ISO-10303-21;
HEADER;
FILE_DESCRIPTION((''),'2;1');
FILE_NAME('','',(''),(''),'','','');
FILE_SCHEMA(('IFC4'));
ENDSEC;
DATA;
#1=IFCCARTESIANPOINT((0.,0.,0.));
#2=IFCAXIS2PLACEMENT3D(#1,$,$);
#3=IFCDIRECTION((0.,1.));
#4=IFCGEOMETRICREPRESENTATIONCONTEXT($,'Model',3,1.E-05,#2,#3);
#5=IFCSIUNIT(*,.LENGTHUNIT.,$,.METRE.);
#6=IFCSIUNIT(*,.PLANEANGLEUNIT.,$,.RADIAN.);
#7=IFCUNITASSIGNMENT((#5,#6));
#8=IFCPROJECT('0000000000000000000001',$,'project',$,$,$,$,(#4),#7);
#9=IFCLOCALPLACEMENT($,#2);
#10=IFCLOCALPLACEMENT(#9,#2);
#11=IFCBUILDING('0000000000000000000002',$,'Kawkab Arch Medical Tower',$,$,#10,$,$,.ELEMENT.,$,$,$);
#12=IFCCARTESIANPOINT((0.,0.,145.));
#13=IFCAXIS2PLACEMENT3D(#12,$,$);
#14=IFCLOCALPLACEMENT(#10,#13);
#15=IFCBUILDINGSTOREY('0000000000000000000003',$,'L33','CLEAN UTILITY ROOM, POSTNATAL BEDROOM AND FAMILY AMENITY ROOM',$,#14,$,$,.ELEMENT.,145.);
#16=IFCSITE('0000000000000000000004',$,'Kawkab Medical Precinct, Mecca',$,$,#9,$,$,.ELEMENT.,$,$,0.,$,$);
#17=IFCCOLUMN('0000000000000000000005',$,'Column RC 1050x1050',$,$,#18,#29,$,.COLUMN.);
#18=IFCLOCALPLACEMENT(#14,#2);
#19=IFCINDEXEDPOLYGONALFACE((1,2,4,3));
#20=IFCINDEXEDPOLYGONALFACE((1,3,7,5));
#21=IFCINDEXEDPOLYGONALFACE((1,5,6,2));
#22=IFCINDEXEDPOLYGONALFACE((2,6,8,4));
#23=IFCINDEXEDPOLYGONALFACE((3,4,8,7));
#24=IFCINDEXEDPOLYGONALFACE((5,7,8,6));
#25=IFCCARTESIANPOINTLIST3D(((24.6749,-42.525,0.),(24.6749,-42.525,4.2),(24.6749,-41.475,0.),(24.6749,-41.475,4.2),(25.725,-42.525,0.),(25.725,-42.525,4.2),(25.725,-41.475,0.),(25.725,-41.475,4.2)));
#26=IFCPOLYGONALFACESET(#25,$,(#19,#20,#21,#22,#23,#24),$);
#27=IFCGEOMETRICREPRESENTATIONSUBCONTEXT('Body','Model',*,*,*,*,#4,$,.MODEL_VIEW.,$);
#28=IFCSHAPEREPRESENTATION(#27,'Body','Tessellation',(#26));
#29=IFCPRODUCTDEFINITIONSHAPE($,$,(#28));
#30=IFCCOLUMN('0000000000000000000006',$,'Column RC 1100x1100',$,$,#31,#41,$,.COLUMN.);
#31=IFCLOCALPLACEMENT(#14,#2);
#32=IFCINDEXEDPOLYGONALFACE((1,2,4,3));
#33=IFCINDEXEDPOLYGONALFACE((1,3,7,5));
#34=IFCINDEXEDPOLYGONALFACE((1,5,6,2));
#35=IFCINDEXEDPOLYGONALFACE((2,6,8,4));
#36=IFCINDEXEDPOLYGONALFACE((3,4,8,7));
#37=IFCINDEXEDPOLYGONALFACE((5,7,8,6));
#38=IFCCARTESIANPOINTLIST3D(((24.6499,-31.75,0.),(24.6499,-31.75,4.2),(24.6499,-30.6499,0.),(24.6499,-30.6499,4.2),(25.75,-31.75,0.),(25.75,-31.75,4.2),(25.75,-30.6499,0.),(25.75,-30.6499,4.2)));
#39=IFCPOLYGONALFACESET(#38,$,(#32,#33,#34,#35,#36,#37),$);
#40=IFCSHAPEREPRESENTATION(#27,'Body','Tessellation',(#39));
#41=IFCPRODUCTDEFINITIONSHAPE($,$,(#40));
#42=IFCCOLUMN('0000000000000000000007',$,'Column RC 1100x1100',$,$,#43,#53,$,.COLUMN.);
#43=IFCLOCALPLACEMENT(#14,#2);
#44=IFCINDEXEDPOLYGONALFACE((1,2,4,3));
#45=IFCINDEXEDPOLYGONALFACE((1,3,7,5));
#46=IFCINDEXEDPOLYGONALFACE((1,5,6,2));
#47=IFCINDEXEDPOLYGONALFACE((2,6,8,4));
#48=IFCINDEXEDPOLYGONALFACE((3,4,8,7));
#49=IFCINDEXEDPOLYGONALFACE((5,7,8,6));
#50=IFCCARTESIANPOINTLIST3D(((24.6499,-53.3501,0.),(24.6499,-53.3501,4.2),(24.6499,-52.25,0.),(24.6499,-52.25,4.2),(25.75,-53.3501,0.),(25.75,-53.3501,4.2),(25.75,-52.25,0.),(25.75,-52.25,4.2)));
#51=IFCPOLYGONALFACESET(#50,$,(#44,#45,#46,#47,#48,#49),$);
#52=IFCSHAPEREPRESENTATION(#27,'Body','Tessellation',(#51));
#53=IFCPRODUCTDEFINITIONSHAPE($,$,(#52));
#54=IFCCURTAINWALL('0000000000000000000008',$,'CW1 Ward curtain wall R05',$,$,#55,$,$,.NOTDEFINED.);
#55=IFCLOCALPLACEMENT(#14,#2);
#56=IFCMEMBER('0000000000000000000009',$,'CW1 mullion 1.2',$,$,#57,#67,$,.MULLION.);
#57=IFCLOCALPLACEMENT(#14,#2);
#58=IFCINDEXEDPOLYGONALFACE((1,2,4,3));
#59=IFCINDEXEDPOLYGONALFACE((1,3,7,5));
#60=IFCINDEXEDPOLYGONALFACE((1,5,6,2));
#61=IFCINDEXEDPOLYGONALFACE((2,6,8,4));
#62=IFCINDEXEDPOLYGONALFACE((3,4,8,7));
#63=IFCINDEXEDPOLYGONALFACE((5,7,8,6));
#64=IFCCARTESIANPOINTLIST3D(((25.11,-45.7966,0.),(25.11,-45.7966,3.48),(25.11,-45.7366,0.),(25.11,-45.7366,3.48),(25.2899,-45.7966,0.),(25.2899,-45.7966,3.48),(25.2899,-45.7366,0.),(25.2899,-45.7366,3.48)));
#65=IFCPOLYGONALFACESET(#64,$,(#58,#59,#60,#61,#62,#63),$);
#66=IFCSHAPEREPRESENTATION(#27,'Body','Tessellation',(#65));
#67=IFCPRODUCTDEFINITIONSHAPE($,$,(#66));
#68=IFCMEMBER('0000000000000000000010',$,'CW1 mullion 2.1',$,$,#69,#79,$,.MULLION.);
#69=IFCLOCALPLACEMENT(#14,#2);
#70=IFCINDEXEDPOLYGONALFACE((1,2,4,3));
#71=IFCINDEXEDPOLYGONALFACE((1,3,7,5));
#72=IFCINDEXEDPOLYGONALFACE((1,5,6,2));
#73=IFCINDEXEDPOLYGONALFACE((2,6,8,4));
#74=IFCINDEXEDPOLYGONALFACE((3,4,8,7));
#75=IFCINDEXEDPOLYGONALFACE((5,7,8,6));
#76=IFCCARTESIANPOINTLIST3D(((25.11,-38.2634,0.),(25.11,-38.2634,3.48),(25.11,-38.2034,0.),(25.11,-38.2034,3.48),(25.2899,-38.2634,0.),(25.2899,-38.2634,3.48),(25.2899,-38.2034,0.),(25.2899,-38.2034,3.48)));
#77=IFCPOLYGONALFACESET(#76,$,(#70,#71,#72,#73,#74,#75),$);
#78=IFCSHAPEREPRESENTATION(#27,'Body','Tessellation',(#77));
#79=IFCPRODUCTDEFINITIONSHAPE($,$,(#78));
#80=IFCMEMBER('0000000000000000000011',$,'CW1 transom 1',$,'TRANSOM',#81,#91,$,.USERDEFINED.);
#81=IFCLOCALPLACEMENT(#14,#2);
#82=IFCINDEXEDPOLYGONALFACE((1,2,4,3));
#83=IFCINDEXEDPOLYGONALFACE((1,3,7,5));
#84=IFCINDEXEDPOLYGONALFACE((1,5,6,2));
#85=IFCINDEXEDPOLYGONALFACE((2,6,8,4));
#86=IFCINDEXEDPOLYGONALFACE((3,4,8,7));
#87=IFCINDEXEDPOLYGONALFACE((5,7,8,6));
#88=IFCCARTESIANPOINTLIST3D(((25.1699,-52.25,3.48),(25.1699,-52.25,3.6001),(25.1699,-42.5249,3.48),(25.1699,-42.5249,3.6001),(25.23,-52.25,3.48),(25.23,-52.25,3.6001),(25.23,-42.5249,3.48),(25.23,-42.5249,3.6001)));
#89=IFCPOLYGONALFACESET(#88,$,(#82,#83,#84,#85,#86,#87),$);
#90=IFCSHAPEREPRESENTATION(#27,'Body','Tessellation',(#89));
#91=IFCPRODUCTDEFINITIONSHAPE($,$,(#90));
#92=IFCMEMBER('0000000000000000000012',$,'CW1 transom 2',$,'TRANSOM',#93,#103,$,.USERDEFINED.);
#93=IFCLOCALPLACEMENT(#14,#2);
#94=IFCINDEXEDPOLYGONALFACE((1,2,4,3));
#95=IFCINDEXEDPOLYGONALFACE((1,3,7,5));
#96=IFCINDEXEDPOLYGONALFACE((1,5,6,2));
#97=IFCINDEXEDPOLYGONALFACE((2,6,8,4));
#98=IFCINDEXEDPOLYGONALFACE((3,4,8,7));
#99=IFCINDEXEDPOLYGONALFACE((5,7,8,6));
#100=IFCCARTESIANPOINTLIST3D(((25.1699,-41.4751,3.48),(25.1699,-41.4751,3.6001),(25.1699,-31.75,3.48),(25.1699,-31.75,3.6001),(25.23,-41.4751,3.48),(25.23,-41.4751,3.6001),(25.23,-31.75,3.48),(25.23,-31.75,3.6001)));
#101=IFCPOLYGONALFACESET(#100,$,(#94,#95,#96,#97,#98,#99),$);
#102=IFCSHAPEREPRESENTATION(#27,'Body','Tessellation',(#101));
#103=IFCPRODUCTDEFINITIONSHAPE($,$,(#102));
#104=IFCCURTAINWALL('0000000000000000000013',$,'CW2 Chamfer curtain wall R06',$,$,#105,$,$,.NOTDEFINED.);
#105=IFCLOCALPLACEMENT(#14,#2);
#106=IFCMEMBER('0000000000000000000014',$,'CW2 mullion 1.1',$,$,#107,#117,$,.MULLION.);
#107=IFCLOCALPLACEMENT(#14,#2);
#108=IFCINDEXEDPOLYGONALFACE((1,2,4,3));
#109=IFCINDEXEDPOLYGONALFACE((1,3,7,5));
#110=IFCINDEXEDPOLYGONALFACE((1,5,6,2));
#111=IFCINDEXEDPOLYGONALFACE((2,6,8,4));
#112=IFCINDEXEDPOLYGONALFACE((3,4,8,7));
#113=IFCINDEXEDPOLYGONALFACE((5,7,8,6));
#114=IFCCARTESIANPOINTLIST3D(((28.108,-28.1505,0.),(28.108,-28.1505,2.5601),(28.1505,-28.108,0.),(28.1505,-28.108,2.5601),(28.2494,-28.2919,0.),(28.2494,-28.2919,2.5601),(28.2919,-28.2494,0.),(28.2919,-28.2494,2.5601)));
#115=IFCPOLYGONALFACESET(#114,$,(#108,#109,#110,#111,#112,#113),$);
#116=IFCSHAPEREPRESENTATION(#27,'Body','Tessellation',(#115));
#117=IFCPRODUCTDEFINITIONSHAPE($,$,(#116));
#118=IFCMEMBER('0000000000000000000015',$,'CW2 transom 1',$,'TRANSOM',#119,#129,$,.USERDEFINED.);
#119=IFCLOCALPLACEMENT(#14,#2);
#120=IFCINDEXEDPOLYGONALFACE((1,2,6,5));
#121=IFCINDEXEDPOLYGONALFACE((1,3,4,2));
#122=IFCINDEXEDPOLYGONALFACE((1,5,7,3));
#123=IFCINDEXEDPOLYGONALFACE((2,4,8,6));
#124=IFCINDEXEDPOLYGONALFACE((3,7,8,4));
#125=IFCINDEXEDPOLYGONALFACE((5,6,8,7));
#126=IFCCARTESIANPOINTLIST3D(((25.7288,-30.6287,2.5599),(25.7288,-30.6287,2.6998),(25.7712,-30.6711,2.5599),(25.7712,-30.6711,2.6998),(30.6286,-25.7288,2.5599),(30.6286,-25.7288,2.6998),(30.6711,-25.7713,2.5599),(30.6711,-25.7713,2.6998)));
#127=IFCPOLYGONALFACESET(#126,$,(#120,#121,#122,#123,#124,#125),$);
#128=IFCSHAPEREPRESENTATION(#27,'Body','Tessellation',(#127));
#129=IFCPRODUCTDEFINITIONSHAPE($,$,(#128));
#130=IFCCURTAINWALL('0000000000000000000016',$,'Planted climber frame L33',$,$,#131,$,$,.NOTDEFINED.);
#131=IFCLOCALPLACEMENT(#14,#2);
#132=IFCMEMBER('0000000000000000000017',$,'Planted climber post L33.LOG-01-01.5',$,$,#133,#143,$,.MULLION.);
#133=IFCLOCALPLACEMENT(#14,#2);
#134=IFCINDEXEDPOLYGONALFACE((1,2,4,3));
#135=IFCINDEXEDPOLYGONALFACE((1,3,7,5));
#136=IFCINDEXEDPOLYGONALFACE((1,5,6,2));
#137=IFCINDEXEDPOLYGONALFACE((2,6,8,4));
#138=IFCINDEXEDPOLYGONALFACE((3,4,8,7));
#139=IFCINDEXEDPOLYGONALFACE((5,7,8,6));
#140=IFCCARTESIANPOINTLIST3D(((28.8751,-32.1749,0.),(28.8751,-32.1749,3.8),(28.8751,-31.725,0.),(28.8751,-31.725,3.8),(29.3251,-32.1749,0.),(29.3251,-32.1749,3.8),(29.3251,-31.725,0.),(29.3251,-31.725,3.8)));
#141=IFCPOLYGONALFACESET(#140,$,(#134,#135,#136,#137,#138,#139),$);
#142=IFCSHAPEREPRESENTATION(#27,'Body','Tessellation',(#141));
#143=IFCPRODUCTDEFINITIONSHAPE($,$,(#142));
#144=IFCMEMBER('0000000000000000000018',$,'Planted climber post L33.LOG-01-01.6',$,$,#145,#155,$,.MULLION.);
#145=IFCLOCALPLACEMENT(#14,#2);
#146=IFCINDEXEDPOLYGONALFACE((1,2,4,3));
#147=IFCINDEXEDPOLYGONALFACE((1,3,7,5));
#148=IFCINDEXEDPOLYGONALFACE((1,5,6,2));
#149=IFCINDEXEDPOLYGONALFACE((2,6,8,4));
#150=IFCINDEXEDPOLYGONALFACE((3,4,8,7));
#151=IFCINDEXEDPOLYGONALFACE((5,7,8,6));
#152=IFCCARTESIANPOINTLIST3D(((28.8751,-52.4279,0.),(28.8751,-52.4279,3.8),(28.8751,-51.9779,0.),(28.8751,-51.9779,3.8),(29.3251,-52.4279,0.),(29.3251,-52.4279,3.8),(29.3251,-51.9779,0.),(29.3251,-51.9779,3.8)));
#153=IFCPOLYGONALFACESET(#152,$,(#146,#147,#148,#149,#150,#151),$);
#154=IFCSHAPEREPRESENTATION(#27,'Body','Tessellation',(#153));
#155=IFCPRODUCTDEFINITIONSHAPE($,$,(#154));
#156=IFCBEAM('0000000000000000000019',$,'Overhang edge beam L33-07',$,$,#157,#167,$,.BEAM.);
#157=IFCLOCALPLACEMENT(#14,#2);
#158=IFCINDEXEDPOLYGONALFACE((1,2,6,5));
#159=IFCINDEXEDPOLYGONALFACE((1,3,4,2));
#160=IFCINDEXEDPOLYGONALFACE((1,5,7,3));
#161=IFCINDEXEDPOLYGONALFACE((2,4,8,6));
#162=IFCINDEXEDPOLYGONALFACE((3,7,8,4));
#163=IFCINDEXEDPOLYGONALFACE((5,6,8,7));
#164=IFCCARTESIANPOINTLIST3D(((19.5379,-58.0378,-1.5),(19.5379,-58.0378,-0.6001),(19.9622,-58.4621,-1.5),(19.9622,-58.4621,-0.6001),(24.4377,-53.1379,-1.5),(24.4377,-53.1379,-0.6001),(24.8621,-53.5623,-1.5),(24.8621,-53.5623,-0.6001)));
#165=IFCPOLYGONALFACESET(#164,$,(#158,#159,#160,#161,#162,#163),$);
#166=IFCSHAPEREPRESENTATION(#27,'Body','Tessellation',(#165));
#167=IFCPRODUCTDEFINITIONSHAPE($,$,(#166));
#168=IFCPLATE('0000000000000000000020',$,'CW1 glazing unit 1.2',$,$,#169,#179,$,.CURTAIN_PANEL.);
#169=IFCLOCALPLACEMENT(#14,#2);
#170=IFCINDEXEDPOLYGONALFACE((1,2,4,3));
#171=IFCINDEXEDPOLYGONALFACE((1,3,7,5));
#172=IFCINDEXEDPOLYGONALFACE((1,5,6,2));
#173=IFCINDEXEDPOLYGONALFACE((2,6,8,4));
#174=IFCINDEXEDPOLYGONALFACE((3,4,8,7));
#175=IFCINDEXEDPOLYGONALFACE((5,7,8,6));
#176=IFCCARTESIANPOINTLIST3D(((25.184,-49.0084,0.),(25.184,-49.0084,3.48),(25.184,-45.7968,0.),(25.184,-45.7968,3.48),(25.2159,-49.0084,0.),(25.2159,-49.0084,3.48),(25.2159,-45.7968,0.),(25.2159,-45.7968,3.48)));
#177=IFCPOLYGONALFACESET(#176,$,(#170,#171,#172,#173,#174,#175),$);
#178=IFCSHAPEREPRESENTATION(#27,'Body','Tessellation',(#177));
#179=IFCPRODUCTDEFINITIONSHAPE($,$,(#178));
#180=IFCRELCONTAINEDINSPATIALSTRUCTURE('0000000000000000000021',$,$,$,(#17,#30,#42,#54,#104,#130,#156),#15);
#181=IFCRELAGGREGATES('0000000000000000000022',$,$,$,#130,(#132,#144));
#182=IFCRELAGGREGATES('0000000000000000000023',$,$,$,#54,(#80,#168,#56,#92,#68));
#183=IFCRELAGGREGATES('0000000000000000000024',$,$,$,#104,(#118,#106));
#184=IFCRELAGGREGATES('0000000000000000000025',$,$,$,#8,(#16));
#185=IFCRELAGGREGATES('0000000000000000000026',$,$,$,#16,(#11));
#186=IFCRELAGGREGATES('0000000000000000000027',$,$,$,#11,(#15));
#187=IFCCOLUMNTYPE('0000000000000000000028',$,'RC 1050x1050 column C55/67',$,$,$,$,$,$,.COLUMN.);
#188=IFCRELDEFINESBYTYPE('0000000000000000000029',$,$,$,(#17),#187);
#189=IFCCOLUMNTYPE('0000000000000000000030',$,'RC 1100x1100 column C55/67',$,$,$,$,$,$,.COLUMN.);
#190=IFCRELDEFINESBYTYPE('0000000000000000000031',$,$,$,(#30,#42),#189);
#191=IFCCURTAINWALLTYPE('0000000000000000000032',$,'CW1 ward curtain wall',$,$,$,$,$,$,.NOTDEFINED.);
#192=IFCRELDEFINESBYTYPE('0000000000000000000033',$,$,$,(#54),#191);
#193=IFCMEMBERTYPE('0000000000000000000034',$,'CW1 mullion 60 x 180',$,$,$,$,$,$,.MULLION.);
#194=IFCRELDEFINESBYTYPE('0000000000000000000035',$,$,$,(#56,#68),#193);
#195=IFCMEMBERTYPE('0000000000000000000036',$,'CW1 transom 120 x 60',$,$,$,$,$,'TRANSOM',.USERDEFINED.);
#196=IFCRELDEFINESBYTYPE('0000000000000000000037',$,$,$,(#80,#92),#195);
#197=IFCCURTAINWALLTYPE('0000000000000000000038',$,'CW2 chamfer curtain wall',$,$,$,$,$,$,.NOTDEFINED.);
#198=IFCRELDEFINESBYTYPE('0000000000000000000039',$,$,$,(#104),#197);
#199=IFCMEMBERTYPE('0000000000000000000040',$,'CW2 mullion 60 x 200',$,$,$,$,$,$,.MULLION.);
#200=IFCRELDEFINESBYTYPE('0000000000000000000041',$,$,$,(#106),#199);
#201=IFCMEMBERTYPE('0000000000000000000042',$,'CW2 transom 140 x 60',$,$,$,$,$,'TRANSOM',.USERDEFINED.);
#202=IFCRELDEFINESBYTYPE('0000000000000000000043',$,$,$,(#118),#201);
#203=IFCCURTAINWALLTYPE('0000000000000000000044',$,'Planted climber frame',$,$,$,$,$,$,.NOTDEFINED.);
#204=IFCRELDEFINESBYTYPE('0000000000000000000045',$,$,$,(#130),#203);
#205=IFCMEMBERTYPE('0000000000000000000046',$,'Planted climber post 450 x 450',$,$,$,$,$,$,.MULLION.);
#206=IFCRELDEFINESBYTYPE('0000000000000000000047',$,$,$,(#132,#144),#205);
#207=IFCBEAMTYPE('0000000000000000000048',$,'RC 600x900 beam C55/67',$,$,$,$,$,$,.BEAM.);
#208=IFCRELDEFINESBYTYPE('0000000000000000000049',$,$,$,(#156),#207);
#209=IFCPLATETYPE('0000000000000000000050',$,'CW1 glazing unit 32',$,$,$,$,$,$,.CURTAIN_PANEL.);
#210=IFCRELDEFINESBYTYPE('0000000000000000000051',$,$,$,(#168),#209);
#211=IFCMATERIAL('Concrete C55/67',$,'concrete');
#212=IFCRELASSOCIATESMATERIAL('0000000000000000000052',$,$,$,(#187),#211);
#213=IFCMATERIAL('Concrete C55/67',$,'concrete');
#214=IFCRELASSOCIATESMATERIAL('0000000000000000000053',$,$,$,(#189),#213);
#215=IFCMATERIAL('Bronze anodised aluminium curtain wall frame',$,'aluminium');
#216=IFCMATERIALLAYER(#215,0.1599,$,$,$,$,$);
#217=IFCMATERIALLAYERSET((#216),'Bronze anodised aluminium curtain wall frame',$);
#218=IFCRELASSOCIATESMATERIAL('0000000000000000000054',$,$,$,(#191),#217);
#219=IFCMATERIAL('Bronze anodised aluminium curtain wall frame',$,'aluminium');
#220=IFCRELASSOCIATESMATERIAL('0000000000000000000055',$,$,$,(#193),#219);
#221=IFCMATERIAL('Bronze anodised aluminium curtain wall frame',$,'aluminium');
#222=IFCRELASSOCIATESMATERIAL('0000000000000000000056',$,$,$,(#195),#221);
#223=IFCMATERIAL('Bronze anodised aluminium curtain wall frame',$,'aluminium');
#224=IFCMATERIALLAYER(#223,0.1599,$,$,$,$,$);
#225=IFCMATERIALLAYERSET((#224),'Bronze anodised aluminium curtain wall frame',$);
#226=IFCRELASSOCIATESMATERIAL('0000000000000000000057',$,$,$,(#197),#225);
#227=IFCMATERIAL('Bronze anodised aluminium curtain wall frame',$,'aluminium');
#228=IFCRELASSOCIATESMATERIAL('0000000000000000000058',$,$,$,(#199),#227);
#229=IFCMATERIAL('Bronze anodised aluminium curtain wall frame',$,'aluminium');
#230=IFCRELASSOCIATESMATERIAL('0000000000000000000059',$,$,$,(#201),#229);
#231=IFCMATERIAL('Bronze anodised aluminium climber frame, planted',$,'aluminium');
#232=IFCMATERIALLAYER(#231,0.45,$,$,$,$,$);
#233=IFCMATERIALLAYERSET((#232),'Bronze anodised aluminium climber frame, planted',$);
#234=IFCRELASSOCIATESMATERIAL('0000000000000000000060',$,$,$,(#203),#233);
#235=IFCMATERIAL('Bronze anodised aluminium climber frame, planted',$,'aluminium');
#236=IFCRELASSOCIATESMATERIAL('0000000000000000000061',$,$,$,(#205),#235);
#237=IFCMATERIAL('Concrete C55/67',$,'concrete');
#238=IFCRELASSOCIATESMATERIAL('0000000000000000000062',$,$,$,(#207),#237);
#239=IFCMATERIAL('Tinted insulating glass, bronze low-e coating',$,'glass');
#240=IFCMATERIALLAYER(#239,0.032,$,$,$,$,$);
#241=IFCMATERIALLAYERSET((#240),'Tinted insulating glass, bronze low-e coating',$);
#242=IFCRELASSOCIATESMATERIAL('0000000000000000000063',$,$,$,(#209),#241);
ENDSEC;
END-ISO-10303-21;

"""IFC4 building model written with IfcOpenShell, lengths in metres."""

from ifc_helpers import new_model, si_unit, direction, frame, origin, origin_2d, place, context, subcontext, project, spatial, rectangle, extrude, material, layer, layer_set, material_profile, profile_set, type_object, element, aggregate, save


model = new_model("IFC4")

# Units and contexts
model_context = context("Model", 3, precision=1e-05, world=origin(), true_north=direction((0.0, 1.0)))
body_context = subcontext(model_context, "Body", "Model", "MODEL_VIEW")
ifc_project = project(units=[si_unit("LENGTHUNIT", "METRE"), si_unit("PLANEANGLEUNIT", "RADIAN")], contexts=[model_context])

# Site, building, storey
site_placement = place(None, origin())
site = spatial("IfcSite", under=ifc_project, at=site_placement, Name="Kawkab Medical Precinct, Mecca", CompositionType="ELEMENT", RefElevation=0.0)
building_placement = place(site_placement, origin())
building = spatial("IfcBuilding", under=site, at=building_placement, Name="Kawkab Arch Medical Tower", CompositionType="ELEMENT")
storey_placement = place(building_placement, frame((0.0, 0.0, 145.0)))
storey = spatial("IfcBuildingStorey", under=building, at=storey_placement, Name="L33", Description="CLEAN UTILITY ROOM, POSTNATAL BEDROOM AND FAMILY AMENITY ROOM", CompositionType="ELEMENT", Elevation=145.0)

# Columns
ifc_material_1 = material(Name="Concrete C55/67", Category="concrete")
ifc_material_profile_1 = material_profile(ifc_material_1, rectangle(XDim=1.05, YDim=1.05, at=origin_2d()), Name="RC 1050x1050")
ifc_profile_set_1 = profile_set([ifc_material_profile_1], Name="Concrete C55/67")
column_type_1 = type_object("IfcColumnType", Name="RC 1050x1050 column C55/67", PredefinedType="COLUMN", material=ifc_profile_set_1)
column_placement = place(storey_placement, frame((25.2, -42.0, 0.0), z_axis=(0.0, 0.0, 1.0), x_axis=(1.0, 0.0, 0.0)))
element("IfcColumn", 1, at=column_placement, inside=storey, type_object=column_type_1, Name="Column RC 1050x1050", PredefinedType="COLUMN", context=body_context, shape_type="SweptSolid", body=[
    extrude(rectangle(XDim=1.05, YDim=1.05, at=origin_2d()), origin(), (0.0, 0.0, 1.0), 4.2),
])
ifc_material_2 = material(Name="Concrete C55/67", Category="concrete")
ifc_material_profile_2 = material_profile(ifc_material_2, rectangle(XDim=1.1001, YDim=1.1001, at=origin_2d()), Name="RC 1100x1100")
ifc_profile_set_2 = profile_set([ifc_material_profile_2], Name="Concrete C55/67")
column_type_2 = type_object("IfcColumnType", Name="RC 1100x1100 column C55/67", PredefinedType="COLUMN", material=ifc_profile_set_2)
for number, where, z_axis, x_axis, name in (
    (2, (25.2, -31.2, 0.0), (0.0, 0.0, 1.0), (1.0, 0.0, 0.0), "Column RC 1100x1100"),
    (3, (25.2, -52.8, 0.0), (0.0, 0.0, 1.0), (1.0, 0.0, 0.0), "Column RC 1100x1100"),
):
    element("IfcColumn", number, at=place(storey_placement, frame(where, z_axis=z_axis, x_axis=x_axis)), inside=storey, type_object=column_type_2, Name=name, PredefinedType="COLUMN", context=body_context, shape_type="SweptSolid", body=[
        extrude(rectangle(XDim=1.1001, YDim=1.1001, at=origin_2d()), origin(), (0.0, 0.0, 1.0), 4.2),
    ])

# Curtain walls, members
ifc_material_3 = material(Name="Bronze anodised aluminium curtain wall frame", Category="aluminium")
ifc_layer_1 = layer(ifc_material_3, 0.1599)
ifc_layer_set_1 = layer_set([ifc_layer_1], Name="Bronze anodised aluminium curtain wall frame")
curtain_wall_type_1 = type_object("IfcCurtainWallType", Name="CW1 ward curtain wall", PredefinedType="NOTDEFINED", material=ifc_layer_set_1)
placement = place(storey_placement, origin())
curtain_wall_1 = element("IfcCurtainWall", 4, at=placement, inside=storey, type_object=curtain_wall_type_1, Name="CW1 Ward curtain wall R05", PredefinedType="NOTDEFINED")
ifc_material_4 = material(Name="Bronze anodised aluminium curtain wall frame", Category="aluminium")
ifc_material_profile_3 = material_profile(ifc_material_4, rectangle(XDim=0.1799, YDim=0.0601, at=origin_2d()), Name="AL 60x180")
ifc_profile_set_3 = profile_set([ifc_material_profile_3], Name="Bronze anodised aluminium curtain wall frame")
member_type_1 = type_object("IfcMemberType", Name="CW1 mullion 60 x 180", PredefinedType="MULLION", material=ifc_profile_set_3)
member_1_placement = place(storey_placement, frame((25.2, -45.7666, 0.0), z_axis=(0.0, 0.0, 1.0), x_axis=(-1.0, 0.0, 0.0)))
member_1 = element("IfcMember", 5, at=member_1_placement, type_object=member_type_1, Name="CW1 mullion 1.2", PredefinedType="MULLION", context=body_context, shape_type="SweptSolid", body=[
    extrude(rectangle(XDim=0.1799, YDim=0.0601, at=origin_2d()), origin(), (0.0, 0.0, 1.0), 3.48),
])
member_2_placement = place(storey_placement, frame((25.2, -38.2334, 0.0), z_axis=(0.0, 0.0, 1.0), x_axis=(-1.0, 0.0, 0.0)))
member_2 = element("IfcMember", 6, at=member_2_placement, type_object=member_type_1, Name="CW1 mullion 2.1", PredefinedType="MULLION", context=body_context, shape_type="SweptSolid", body=[
    extrude(rectangle(XDim=0.1799, YDim=0.0601, at=origin_2d()), origin(), (0.0, 0.0, 1.0), 3.48),
])
ifc_material_5 = material(Name="Bronze anodised aluminium curtain wall frame", Category="aluminium")
ifc_material_profile_4 = material_profile(ifc_material_5, rectangle(XDim=0.0601, YDim=0.1201, at=origin_2d()), Name="AL 60x120")
ifc_profile_set_4 = profile_set([ifc_material_profile_4], Name="Bronze anodised aluminium curtain wall frame")
member_type_2 = type_object("IfcMemberType", Name="CW1 transom 120 x 60", ElementType="TRANSOM", PredefinedType="USERDEFINED", material=ifc_profile_set_4)
member_3_placement = place(storey_placement, frame((25.2, -52.25, 3.54), z_axis=(0.0, 1.0, 0.0), x_axis=(-1.0, 0.0, 0.0)))
member_3 = element("IfcMember", 7, at=member_3_placement, type_object=member_type_2, Name="CW1 transom 1", ObjectType="TRANSOM", PredefinedType="USERDEFINED", context=body_context, shape_type="SweptSolid", body=[
    extrude(rectangle(XDim=0.0601, YDim=0.1201, at=origin_2d()), origin(), (0.0, 0.0, 1.0), 9.7251),
])
member_4_placement = place(storey_placement, frame((25.2, -41.4751, 3.54), z_axis=(0.0, 1.0, 0.0), x_axis=(-1.0, 0.0, 0.0)))
member_4 = element("IfcMember", 8, at=member_4_placement, type_object=member_type_2, Name="CW1 transom 2", ObjectType="TRANSOM", PredefinedType="USERDEFINED", context=body_context, shape_type="SweptSolid", body=[
    extrude(rectangle(XDim=0.0601, YDim=0.1201, at=origin_2d()), origin(), (0.0, 0.0, 1.0), 9.7251),
])
ifc_material_6 = material(Name="Bronze anodised aluminium curtain wall frame", Category="aluminium")
ifc_layer_2 = layer(ifc_material_6, 0.1599)
ifc_layer_set_2 = layer_set([ifc_layer_2], Name="Bronze anodised aluminium curtain wall frame")
curtain_wall_type_2 = type_object("IfcCurtainWallType", Name="CW2 chamfer curtain wall", PredefinedType="NOTDEFINED", material=ifc_layer_set_2)
curtain_wall_2 = element("IfcCurtainWall", 9, at=placement, inside=storey, type_object=curtain_wall_type_2, Name="CW2 Chamfer curtain wall R06", PredefinedType="NOTDEFINED")
ifc_material_7 = material(Name="Bronze anodised aluminium curtain wall frame", Category="aluminium")
ifc_material_profile_5 = material_profile(ifc_material_7, rectangle(XDim=0.2, YDim=0.0601, at=origin_2d()), Name="AL 60x200")
ifc_profile_set_5 = profile_set([ifc_material_profile_5], Name="Bronze anodised aluminium curtain wall frame")
member_type_3 = type_object("IfcMemberType", Name="CW2 mullion 60 x 200", PredefinedType="MULLION", material=ifc_profile_set_5)
member_5_placement = place(storey_placement, frame((28.2, -28.2, 0.0), z_axis=(0.0, 0.0, 1.0), x_axis=(-0.707107, 0.707107, 0.0)))
member_5 = element("IfcMember", 10, at=member_5_placement, type_object=member_type_3, Name="CW2 mullion 1.1", PredefinedType="MULLION", context=body_context, shape_type="SweptSolid", body=[
    extrude(rectangle(XDim=0.2, YDim=0.0601, at=origin_2d()), origin(), (0.0, 0.0, 1.0), 2.5601),
])
ifc_material_8 = material(Name="Bronze anodised aluminium curtain wall frame", Category="aluminium")
ifc_material_profile_6 = material_profile(ifc_material_8, rectangle(XDim=0.0601, YDim=0.1399, at=origin_2d()), Name="AL 60x140")
ifc_profile_set_6 = profile_set([ifc_material_profile_6], Name="Bronze anodised aluminium curtain wall frame")
member_type_4 = type_object("IfcMemberType", Name="CW2 transom 140 x 60", ElementType="TRANSOM", PredefinedType="USERDEFINED", material=ifc_profile_set_6)
member_6_placement = place(storey_placement, frame((25.75, -30.6499, 2.6299), z_axis=(0.707107, 0.707107, 0.0), x_axis=(-0.707107, 0.707107, 0.0)))
member_6 = element("IfcMember", 11, at=member_6_placement, type_object=member_type_4, Name="CW2 transom 1", ObjectType="TRANSOM", PredefinedType="USERDEFINED", context=body_context, shape_type="SweptSolid", body=[
    extrude(rectangle(XDim=0.0601, YDim=0.1399, at=origin_2d()), origin(), (0.0, 0.0, 1.0), 6.9294),
])
ifc_material_9 = material(Name="Bronze anodised aluminium climber frame, planted", Category="aluminium")
ifc_layer_3 = layer(ifc_material_9, 0.45)
ifc_layer_set_3 = layer_set([ifc_layer_3], Name="Bronze anodised aluminium climber frame, planted")
curtain_wall_type_3 = type_object("IfcCurtainWallType", Name="Planted climber frame", PredefinedType="NOTDEFINED", material=ifc_layer_set_3)
curtain_wall_3 = element("IfcCurtainWall", 12, at=placement, inside=storey, type_object=curtain_wall_type_3, Name="Planted climber frame L33", PredefinedType="NOTDEFINED")
ifc_material_10 = material(Name="Bronze anodised aluminium climber frame, planted", Category="aluminium")
ifc_material_profile_7 = material_profile(ifc_material_10, rectangle(XDim=0.45, YDim=0.45, at=origin_2d()), Name="Post 450x450")
ifc_profile_set_7 = profile_set([ifc_material_profile_7], Name="Bronze anodised aluminium climber frame, planted")
member_type_5 = type_object("IfcMemberType", Name="Planted climber post 450 x 450", PredefinedType="MULLION", material=ifc_profile_set_7)
member_7_placement = place(storey_placement, frame((29.1001, -31.95, 0.0), z_axis=(0.0, 0.0, 1.0), x_axis=(1.0, 0.0, 0.0)))
member_7 = element("IfcMember", 13, at=member_7_placement, type_object=member_type_5, Name="Planted climber post L33.LOG-01-01.5", PredefinedType="MULLION", context=body_context, shape_type="SweptSolid", body=[
    extrude(rectangle(XDim=0.45, YDim=0.45, at=origin_2d()), origin(), (0.0, 0.0, 1.0), 3.8),
])
member_8_placement = place(storey_placement, frame((29.1001, -52.2029, 0.0), z_axis=(0.0, 0.0, 1.0), x_axis=(1.0, 0.0, 0.0)))
member_8 = element("IfcMember", 14, at=member_8_placement, type_object=member_type_5, Name="Planted climber post L33.LOG-01-01.6", PredefinedType="MULLION", context=body_context, shape_type="SweptSolid", body=[
    extrude(rectangle(XDim=0.45, YDim=0.45, at=origin_2d()), origin(), (0.0, 0.0, 1.0), 3.8),
])
aggregate(curtain_wall_3, [member_7, member_8])

# Beam
ifc_material_11 = material(Name="Concrete C55/67", Category="concrete")
ifc_material_profile_8 = material_profile(ifc_material_11, rectangle(XDim=0.6001, YDim=0.8999, at=origin_2d()), Name="RC 600x900")
ifc_profile_set_8 = profile_set([ifc_material_profile_8], Name="Concrete C55/67")
beam_type = type_object("IfcBeamType", Name="RC 600x900 beam C55/67", PredefinedType="BEAM", material=ifc_profile_set_8)
beam_placement = place(storey_placement, frame((24.6499, -53.3501, -1.05), z_axis=(-0.707107, -0.707107, 0.0), x_axis=(0.707107, -0.707107, 0.0)))
element("IfcBeam", 15, at=beam_placement, inside=storey, type_object=beam_type, Name="Overhang edge beam L33-07", PredefinedType="BEAM", context=body_context, shape_type="SweptSolid", body=[
    extrude(rectangle(XDim=0.6001, YDim=0.8999, at=origin_2d()), origin(), (0.0, 0.0, 1.0), 6.9294),
])

# Plate
ifc_material_12 = material(Name="Tinted insulating glass, bronze low-e coating", Category="glass")
ifc_layer_4 = layer(ifc_material_12, 0.032)
ifc_layer_set_4 = layer_set([ifc_layer_4], Name="Tinted insulating glass, bronze low-e coating")
plate_type_1 = type_object("IfcPlateType", Name="CW1 glazing unit 32", PredefinedType="CURTAIN_PANEL", material=ifc_layer_set_4)
plate_1_placement = place(storey_placement, frame((25.2, -47.4026, 0.0), z_axis=(0.0, 0.0, 1.0), x_axis=(0.0, 1.0, 0.0)))
plate_1 = element("IfcPlate", 16, at=plate_1_placement, type_object=plate_type_1, Name="CW1 glazing unit 1.2", PredefinedType="CURTAIN_PANEL", context=body_context, shape_type="SweptSolid", body=[
    extrude(rectangle(XDim=3.2117, YDim=0.032, at=origin_2d()), origin(), (0.0, 0.0, 1.0), 3.48),
])
aggregate(curtain_wall_1, [member_3, plate_1, member_1, member_4, member_2])
aggregate(curtain_wall_2, [member_6, member_5])

save(model, "model.ifc")
